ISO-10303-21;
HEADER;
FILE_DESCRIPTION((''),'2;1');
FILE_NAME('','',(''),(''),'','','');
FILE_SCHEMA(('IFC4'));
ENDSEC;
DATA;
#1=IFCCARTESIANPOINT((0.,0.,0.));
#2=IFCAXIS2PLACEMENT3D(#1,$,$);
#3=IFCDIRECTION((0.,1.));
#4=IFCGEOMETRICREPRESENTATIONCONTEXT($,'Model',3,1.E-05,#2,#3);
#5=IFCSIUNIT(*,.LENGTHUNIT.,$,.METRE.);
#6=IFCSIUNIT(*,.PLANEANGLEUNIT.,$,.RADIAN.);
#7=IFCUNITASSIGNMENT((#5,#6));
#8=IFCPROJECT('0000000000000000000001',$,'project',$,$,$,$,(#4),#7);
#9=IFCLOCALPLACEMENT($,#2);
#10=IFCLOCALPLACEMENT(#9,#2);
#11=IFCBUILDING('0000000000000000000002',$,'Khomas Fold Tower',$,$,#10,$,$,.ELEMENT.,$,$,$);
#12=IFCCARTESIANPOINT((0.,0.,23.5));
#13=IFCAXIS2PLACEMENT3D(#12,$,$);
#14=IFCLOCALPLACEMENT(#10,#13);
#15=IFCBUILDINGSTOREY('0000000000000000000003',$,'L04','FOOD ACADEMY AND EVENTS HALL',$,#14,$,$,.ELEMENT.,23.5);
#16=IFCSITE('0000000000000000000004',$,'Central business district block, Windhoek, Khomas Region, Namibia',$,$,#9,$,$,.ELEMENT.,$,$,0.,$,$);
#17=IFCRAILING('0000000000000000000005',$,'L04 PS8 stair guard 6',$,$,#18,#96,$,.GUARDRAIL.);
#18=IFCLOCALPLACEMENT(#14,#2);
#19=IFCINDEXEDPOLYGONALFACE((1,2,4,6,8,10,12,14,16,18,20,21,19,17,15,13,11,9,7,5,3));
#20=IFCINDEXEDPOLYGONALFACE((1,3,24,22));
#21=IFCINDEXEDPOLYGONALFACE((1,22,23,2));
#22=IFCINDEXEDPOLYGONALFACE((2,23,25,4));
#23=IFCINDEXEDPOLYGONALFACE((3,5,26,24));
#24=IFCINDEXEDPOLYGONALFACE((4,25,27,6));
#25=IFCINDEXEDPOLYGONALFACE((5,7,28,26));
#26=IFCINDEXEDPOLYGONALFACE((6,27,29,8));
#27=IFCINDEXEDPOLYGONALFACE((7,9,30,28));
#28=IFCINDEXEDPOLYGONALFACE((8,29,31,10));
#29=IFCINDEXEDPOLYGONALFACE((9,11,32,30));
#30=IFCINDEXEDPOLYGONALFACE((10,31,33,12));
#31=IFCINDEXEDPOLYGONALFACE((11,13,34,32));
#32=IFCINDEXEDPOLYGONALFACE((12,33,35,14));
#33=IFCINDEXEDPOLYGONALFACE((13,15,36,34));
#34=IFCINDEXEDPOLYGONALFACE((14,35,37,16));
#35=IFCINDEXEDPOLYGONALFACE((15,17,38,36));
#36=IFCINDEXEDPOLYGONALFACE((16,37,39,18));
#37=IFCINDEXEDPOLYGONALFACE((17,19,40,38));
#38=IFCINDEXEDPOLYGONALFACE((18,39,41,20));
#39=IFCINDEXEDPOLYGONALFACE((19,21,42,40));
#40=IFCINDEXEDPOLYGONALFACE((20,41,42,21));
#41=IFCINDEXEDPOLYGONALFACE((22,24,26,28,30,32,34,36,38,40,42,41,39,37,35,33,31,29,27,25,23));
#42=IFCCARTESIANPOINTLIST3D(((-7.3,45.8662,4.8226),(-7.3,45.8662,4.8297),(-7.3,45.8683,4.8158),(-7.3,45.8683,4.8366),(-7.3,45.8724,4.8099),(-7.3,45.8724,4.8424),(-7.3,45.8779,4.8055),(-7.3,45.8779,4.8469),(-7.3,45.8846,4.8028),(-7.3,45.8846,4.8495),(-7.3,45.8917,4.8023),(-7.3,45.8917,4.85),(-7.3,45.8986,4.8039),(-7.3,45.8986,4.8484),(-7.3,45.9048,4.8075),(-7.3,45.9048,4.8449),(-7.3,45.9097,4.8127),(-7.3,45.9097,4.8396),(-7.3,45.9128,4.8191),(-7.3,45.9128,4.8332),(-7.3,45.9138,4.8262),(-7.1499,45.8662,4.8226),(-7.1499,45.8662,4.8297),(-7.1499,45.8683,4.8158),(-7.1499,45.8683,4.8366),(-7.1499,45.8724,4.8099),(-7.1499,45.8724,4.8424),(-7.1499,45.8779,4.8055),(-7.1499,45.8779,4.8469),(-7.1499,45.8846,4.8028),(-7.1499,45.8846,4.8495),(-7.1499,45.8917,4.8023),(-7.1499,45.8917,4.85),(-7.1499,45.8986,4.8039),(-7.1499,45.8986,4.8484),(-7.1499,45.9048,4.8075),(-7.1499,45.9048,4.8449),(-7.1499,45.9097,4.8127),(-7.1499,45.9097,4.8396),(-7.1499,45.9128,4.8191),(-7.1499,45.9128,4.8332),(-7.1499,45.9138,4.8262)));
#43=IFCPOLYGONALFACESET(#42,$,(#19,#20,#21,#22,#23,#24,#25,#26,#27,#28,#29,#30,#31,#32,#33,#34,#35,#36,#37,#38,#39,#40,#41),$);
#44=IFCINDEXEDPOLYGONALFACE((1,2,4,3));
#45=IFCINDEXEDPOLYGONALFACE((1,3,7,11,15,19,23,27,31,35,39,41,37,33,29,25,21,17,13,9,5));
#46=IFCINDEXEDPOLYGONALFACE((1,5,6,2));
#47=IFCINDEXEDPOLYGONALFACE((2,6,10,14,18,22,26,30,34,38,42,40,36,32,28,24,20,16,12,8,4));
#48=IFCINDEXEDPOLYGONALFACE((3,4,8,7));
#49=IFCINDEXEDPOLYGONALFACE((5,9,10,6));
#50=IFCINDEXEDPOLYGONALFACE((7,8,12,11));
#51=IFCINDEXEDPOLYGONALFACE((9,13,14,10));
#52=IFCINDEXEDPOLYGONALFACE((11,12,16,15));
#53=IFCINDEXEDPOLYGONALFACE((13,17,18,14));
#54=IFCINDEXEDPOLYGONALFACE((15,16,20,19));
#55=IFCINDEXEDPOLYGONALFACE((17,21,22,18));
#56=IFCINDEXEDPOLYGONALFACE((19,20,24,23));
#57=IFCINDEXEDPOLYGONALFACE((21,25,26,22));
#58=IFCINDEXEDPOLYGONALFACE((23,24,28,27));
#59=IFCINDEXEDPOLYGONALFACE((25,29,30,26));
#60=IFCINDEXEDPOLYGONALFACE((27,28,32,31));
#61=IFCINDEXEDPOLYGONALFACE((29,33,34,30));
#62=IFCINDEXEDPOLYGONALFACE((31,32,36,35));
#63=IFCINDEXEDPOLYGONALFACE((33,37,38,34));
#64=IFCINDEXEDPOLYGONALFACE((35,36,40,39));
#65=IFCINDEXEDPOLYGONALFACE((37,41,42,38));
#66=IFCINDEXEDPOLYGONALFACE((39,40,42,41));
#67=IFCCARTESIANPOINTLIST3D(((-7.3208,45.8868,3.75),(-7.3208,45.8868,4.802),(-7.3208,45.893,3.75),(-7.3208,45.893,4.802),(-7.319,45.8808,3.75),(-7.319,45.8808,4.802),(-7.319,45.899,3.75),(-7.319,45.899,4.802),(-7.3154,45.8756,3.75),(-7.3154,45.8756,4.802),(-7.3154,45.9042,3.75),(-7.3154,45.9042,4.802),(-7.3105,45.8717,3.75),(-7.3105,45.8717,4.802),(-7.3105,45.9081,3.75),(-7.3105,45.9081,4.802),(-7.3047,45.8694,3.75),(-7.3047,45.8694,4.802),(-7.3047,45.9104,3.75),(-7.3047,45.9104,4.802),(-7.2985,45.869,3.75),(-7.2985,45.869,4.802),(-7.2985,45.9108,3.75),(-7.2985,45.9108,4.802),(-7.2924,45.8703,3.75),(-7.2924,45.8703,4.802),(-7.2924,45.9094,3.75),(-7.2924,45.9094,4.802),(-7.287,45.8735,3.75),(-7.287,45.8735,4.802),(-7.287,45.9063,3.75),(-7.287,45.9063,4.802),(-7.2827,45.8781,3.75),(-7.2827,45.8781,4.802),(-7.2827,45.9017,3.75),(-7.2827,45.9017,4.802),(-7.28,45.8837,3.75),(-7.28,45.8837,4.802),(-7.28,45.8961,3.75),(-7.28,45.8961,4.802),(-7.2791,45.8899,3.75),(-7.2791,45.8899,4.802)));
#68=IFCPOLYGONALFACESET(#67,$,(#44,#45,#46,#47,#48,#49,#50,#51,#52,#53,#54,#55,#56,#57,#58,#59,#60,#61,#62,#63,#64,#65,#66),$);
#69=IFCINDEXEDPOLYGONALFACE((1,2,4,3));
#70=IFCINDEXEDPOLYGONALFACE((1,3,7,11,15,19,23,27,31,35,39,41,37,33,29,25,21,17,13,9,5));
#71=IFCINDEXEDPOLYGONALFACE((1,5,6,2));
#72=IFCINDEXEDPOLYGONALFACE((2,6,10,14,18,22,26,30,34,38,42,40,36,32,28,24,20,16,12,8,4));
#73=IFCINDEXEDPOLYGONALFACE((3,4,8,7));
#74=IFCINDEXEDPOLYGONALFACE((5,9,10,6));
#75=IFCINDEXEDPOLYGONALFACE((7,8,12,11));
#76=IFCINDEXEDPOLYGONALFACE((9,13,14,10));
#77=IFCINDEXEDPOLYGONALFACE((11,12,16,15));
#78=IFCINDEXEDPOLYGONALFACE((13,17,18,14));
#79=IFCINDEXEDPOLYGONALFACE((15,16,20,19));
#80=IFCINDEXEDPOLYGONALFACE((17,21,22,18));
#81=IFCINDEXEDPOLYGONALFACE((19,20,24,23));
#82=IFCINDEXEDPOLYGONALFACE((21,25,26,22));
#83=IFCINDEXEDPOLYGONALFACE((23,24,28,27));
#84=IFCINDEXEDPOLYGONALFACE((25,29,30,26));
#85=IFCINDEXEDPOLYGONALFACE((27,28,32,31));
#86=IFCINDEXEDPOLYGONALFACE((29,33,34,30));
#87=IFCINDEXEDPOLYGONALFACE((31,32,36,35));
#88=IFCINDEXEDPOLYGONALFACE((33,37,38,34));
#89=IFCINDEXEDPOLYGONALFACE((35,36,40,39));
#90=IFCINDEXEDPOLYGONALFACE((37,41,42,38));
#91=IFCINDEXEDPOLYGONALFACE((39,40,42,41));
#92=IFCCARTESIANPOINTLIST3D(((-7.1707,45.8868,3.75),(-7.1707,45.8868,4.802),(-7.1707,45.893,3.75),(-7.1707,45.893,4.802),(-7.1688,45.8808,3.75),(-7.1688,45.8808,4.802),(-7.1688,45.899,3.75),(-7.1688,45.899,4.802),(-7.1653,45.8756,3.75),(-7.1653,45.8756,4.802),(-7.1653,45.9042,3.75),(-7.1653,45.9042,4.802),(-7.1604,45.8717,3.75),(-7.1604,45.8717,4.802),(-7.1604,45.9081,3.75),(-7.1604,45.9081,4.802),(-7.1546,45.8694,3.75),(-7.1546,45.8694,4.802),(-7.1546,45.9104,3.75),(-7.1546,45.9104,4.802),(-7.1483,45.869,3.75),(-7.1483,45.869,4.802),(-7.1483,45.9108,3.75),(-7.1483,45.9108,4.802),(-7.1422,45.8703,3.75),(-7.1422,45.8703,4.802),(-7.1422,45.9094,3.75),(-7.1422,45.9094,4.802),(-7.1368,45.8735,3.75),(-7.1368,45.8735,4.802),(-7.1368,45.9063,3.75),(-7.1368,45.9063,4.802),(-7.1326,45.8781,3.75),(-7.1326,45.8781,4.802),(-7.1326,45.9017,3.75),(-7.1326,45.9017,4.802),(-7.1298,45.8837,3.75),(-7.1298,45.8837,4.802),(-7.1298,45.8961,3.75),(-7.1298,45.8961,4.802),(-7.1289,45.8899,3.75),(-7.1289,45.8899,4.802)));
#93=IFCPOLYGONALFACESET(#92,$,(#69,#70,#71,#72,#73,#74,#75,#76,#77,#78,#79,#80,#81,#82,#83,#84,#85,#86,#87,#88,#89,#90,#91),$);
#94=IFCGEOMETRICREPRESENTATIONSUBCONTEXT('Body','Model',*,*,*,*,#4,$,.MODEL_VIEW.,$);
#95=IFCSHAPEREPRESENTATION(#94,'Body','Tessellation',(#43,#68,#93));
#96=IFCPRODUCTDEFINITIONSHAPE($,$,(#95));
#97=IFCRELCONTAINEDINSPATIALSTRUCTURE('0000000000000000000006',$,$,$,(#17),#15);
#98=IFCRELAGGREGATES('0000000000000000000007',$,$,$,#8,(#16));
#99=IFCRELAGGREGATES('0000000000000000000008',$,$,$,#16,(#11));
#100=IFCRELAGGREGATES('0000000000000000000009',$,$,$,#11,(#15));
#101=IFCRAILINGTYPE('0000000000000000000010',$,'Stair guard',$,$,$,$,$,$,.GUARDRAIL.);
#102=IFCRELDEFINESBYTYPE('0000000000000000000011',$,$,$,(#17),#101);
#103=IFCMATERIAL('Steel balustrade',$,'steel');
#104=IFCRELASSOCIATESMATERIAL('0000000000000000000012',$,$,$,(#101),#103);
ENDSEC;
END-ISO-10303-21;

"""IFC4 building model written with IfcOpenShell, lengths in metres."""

from ifc_helpers import new_model, si_unit, direction, frame, origin, origin_2d, place, context, subcontext, project, spatial, circle, extrude, source, transform, mapped, material, type_object, element, save


model = new_model("IFC4")

# Units and contexts
model_context = context("Model", 3, precision=1e-05, world=origin(), true_north=direction((0.0, 1.0)))
body_context = subcontext(model_context, "Body", "Model", "MODEL_VIEW")
ifc_project = project(units=[si_unit("LENGTHUNIT", "METRE"), si_unit("PLANEANGLEUNIT", "RADIAN")], contexts=[model_context])

# Site, building, storey
site_placement = place(None, origin())
site = spatial("IfcSite", under=ifc_project, at=site_placement, Name="Central business district block, Windhoek, Khomas Region, Namibia", CompositionType="ELEMENT", RefElevation=0.0)
building_placement = place(site_placement, origin())
building = spatial("IfcBuilding", under=site, at=building_placement, Name="Khomas Fold Tower", CompositionType="ELEMENT")
storey_placement = place(building_placement, frame((0.0, 0.0, 23.5)))
storey = spatial("IfcBuildingStorey", under=building, at=storey_placement, Name="L04", Description="FOOD ACADEMY AND EVENTS HALL", CompositionType="ELEMENT", Elevation=23.5)

# Railing
ifc_material_1 = material(Name="Steel balustrade", Category="steel")
railing_type = type_object("IfcRailingType", Name="Stair guard", PredefinedType="GUARDRAIL", material=ifc_material_1)
shared_shape_1 = source(origin(), body_context, "Body", "SweptSolid", [
    extrude(circle(Radius=0.0239, at=origin_2d()), frame((0.0, 0.0, 1.0762), z_axis=(1.0, 0.0, 0.0), x_axis=(0.0, 1.0, 0.0)), (0.0, 0.0, 1.0), 0.1501),
    extrude(circle(Radius=0.021, at=origin_2d()), origin(), (0.0, 0.0, 1.0), 1.052),
    extrude(circle(Radius=0.021, at=origin_2d()), frame((0.1501, 0.0, 0.0)), (0.0, 0.0, 1.0), 1.052),
])
for number, where, name in (
    (1, (-7.3, 45.8899, 3.75), "L04 PS8 stair guard 6"),
):
    element("IfcRailing", number, at=place(storey_placement, frame(where)), inside=storey, type_object=railing_type, Name=name, PredefinedType="GUARDRAIL", context=body_context, shape_type="MappedRepresentation", body=[
        mapped(shared_shape_1, transform((0.0, 0.0, 0.0))),
    ])

save(model, "model.ifc")
